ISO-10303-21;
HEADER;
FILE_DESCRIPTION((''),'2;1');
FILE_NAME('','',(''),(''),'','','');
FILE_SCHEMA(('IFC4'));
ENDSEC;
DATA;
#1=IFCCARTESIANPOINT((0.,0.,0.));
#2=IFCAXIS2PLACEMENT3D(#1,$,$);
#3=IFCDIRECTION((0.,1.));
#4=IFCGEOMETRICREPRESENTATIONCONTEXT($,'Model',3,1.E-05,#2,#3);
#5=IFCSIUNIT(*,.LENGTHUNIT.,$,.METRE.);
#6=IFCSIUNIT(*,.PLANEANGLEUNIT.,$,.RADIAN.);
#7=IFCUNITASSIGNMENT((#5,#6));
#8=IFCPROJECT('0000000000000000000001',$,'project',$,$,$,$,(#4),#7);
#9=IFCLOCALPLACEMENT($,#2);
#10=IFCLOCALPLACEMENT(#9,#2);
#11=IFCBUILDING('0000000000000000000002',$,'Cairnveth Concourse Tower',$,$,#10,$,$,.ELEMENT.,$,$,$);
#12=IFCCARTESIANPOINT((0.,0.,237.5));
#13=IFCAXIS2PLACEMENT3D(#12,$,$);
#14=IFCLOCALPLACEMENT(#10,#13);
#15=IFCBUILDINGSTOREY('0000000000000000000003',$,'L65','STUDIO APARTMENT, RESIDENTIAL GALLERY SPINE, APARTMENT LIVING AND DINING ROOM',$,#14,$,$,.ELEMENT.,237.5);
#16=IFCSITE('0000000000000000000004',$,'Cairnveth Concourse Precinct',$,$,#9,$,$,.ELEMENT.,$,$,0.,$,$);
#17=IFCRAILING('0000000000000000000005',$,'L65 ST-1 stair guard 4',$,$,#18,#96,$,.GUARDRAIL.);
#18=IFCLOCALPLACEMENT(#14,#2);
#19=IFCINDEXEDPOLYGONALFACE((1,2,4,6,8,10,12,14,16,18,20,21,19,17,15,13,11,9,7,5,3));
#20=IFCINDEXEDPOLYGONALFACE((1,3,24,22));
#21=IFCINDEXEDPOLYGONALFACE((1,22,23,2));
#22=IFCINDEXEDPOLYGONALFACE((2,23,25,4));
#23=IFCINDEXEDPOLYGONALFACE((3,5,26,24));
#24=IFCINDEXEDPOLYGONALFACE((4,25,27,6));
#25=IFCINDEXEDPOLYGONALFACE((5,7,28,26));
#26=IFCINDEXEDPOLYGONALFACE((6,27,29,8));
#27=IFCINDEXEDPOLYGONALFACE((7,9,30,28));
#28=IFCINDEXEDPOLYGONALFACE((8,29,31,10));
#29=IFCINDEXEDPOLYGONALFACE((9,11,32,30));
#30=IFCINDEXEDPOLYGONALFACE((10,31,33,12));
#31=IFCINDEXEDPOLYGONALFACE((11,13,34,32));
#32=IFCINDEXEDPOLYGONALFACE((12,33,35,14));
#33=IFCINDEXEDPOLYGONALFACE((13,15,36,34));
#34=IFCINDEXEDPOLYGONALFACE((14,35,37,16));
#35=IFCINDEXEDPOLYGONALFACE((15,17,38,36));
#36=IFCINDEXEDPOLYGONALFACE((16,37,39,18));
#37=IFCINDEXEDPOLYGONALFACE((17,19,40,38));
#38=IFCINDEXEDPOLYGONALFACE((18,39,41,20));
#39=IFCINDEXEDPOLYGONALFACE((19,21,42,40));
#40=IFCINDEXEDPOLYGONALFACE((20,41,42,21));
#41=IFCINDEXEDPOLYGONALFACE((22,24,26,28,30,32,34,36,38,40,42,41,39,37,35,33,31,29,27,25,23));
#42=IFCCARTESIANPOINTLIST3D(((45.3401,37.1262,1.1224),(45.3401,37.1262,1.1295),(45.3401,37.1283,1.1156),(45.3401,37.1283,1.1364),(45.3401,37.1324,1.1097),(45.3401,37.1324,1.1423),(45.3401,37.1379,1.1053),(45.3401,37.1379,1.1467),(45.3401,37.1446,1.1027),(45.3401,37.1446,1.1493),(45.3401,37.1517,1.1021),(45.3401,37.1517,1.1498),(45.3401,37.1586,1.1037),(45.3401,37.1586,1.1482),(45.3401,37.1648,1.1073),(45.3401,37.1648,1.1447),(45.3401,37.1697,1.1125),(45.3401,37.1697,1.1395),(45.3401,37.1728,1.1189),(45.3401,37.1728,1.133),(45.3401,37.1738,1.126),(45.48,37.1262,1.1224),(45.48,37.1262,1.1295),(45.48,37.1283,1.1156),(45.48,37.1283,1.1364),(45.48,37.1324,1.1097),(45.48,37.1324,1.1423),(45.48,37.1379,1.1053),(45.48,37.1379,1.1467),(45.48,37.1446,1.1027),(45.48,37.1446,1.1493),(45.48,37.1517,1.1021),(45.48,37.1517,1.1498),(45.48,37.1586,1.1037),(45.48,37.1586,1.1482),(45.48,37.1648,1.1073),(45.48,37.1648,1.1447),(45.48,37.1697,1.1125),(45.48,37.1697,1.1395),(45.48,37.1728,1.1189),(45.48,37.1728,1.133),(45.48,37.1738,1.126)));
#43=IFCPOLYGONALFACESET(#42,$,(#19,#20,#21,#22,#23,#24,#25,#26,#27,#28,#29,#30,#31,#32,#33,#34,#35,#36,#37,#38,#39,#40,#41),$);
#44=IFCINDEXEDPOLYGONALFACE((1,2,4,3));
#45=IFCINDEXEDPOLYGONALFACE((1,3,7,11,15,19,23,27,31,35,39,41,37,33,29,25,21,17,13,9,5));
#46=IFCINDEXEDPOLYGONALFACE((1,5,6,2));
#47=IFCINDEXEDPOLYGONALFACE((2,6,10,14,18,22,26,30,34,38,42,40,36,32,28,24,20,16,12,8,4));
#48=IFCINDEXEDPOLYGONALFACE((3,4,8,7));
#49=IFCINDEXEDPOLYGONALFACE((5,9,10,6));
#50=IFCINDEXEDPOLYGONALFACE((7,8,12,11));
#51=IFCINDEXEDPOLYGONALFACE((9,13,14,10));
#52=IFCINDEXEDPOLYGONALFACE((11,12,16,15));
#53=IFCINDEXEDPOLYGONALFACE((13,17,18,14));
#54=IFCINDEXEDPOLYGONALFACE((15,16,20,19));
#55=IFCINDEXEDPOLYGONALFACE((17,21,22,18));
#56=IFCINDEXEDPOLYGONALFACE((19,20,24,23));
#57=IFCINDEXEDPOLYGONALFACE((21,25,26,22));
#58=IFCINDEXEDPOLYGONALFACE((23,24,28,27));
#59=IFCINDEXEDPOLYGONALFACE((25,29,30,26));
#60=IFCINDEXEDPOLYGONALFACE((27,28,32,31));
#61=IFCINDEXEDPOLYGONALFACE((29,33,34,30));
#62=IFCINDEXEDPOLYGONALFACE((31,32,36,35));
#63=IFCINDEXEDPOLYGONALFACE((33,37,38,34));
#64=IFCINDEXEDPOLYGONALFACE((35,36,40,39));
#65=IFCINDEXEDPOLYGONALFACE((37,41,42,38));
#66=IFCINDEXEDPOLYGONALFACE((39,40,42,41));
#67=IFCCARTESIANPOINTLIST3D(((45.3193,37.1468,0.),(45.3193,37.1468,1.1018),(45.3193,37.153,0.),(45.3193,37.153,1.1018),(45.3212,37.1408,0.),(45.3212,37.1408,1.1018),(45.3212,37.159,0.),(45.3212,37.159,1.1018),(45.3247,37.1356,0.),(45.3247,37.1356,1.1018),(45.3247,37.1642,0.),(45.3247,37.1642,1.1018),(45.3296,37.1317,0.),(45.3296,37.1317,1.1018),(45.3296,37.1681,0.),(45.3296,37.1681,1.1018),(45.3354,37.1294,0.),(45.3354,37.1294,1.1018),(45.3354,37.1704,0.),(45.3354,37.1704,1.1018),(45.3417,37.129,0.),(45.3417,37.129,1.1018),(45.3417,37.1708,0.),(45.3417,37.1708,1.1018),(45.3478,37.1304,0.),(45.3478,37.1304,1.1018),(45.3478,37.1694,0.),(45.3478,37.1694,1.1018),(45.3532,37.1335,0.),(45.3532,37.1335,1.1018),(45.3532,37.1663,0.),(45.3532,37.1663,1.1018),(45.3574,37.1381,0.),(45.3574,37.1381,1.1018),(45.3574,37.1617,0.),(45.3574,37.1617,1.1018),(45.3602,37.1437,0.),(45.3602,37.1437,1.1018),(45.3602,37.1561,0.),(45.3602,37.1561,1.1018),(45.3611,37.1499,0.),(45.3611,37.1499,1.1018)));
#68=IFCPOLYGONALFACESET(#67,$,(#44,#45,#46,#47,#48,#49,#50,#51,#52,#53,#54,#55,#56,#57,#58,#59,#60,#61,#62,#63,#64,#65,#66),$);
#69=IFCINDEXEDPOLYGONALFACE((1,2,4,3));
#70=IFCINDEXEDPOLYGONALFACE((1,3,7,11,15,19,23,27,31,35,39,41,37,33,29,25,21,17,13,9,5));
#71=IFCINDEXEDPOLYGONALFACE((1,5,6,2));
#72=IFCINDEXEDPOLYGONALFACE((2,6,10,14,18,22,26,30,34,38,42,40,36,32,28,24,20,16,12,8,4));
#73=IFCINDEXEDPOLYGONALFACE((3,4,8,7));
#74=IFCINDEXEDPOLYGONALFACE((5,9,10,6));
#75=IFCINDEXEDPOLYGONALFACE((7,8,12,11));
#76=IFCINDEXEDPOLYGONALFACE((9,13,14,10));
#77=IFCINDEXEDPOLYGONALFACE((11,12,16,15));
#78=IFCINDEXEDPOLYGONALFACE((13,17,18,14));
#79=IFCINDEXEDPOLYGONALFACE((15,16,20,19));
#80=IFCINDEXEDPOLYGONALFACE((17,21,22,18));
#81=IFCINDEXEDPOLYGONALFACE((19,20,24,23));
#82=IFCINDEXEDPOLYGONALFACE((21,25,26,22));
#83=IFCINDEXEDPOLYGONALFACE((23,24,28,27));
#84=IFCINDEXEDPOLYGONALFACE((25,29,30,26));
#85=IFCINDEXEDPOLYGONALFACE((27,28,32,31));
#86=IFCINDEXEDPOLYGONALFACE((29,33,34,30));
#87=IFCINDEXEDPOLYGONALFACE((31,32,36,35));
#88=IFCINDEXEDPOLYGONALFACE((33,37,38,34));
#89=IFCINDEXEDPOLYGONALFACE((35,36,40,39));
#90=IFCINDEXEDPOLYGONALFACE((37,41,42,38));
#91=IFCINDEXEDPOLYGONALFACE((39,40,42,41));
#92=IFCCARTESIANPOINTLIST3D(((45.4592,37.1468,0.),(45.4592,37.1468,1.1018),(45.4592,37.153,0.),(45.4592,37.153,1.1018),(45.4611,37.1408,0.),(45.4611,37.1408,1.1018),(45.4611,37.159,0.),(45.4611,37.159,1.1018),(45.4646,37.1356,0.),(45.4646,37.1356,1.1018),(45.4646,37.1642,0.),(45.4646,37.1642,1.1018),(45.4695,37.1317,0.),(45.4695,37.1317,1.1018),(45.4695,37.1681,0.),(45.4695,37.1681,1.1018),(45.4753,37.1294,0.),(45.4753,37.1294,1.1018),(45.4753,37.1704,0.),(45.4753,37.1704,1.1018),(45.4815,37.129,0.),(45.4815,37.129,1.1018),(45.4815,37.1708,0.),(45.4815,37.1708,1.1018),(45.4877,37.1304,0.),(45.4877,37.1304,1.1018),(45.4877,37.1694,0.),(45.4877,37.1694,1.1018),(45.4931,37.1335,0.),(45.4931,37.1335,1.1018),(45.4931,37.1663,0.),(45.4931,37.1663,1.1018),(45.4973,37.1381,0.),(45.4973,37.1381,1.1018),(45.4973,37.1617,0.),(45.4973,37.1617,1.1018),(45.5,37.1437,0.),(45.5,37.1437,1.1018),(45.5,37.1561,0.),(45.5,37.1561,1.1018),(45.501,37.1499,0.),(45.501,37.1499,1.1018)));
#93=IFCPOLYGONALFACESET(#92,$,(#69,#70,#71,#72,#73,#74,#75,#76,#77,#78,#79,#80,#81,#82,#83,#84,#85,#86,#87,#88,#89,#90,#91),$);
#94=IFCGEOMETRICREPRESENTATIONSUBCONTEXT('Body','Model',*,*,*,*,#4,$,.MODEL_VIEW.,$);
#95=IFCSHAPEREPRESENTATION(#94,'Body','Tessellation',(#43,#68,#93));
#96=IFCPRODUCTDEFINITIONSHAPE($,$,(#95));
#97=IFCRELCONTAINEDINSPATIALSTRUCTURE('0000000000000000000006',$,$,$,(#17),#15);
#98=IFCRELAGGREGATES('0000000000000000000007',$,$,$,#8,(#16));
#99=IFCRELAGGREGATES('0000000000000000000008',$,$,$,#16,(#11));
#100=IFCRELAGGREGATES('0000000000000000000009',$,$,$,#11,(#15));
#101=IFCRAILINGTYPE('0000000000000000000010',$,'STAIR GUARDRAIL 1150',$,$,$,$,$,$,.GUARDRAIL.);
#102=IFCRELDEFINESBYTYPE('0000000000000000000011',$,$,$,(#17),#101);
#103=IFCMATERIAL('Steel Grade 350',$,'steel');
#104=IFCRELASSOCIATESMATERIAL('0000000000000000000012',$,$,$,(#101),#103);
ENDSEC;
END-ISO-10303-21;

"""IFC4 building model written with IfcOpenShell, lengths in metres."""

from ifc_helpers import new_model, si_unit, direction, frame, origin, origin_2d, place, context, subcontext, project, spatial, circle, extrude, material, type_object, element, save


model = new_model("IFC4")

# Units and contexts
model_context = context("Model", 3, precision=1e-05, world=origin(), true_north=direction((0.0, 1.0)))
body_context = subcontext(model_context, "Body", "Model", "MODEL_VIEW")
ifc_project = project(units=[si_unit("LENGTHUNIT", "METRE"), si_unit("PLANEANGLEUNIT", "RADIAN")], contexts=[model_context])

# Site, building, storey
site_placement = place(None, origin())
site = spatial("IfcSite", under=ifc_project, at=site_placement, Name="Cairnveth Concourse Precinct", CompositionType="ELEMENT", RefElevation=0.0)
building_placement = place(site_placement, origin())
building = spatial("IfcBuilding", under=site, at=building_placement, Name="Cairnveth Concourse Tower", CompositionType="ELEMENT")
storey_placement = place(building_placement, frame((0.0, 0.0, 237.5)))
storey = spatial("IfcBuildingStorey", under=building, at=storey_placement, Name="L65", Description="STUDIO APARTMENT, RESIDENTIAL GALLERY SPINE, APARTMENT LIVING AND DINING ROOM", CompositionType="ELEMENT", Elevation=237.5)

# Shared definitions
ifc_material_1 = material(Name="Steel Grade 350", Category="steel")

# Railing
railing_type_1 = type_object("IfcRailingType", Name="STAIR GUARDRAIL 1150", PredefinedType="GUARDRAIL", material=ifc_material_1)
railing_1_placement = place(storey_placement, frame((45.3401, 37.1499, 0.0)))
element("IfcRailing", 1, at=railing_1_placement, inside=storey, type_object=railing_type_1, Name="L65 ST-1 stair guard 4", PredefinedType="GUARDRAIL", context=body_context, shape_type="SweptSolid", body=[
    extrude(circle(Radius=0.0239, at=origin_2d()), frame((0.0, 0.0, 1.126), z_axis=(1.0, 0.0, 0.0), x_axis=(0.0, 1.0, 0.0)), (0.0, 0.0, 1.0), 0.1399),
    extrude(circle(Radius=0.021, at=origin_2d()), origin(), (0.0, 0.0, 1.0), 1.1018),
    extrude(circle(Radius=0.021, at=origin_2d()), frame((0.1399, 0.0, 0.0)), (0.0, 0.0, 1.0), 1.1018),
])

save(model, "model.ifc")
